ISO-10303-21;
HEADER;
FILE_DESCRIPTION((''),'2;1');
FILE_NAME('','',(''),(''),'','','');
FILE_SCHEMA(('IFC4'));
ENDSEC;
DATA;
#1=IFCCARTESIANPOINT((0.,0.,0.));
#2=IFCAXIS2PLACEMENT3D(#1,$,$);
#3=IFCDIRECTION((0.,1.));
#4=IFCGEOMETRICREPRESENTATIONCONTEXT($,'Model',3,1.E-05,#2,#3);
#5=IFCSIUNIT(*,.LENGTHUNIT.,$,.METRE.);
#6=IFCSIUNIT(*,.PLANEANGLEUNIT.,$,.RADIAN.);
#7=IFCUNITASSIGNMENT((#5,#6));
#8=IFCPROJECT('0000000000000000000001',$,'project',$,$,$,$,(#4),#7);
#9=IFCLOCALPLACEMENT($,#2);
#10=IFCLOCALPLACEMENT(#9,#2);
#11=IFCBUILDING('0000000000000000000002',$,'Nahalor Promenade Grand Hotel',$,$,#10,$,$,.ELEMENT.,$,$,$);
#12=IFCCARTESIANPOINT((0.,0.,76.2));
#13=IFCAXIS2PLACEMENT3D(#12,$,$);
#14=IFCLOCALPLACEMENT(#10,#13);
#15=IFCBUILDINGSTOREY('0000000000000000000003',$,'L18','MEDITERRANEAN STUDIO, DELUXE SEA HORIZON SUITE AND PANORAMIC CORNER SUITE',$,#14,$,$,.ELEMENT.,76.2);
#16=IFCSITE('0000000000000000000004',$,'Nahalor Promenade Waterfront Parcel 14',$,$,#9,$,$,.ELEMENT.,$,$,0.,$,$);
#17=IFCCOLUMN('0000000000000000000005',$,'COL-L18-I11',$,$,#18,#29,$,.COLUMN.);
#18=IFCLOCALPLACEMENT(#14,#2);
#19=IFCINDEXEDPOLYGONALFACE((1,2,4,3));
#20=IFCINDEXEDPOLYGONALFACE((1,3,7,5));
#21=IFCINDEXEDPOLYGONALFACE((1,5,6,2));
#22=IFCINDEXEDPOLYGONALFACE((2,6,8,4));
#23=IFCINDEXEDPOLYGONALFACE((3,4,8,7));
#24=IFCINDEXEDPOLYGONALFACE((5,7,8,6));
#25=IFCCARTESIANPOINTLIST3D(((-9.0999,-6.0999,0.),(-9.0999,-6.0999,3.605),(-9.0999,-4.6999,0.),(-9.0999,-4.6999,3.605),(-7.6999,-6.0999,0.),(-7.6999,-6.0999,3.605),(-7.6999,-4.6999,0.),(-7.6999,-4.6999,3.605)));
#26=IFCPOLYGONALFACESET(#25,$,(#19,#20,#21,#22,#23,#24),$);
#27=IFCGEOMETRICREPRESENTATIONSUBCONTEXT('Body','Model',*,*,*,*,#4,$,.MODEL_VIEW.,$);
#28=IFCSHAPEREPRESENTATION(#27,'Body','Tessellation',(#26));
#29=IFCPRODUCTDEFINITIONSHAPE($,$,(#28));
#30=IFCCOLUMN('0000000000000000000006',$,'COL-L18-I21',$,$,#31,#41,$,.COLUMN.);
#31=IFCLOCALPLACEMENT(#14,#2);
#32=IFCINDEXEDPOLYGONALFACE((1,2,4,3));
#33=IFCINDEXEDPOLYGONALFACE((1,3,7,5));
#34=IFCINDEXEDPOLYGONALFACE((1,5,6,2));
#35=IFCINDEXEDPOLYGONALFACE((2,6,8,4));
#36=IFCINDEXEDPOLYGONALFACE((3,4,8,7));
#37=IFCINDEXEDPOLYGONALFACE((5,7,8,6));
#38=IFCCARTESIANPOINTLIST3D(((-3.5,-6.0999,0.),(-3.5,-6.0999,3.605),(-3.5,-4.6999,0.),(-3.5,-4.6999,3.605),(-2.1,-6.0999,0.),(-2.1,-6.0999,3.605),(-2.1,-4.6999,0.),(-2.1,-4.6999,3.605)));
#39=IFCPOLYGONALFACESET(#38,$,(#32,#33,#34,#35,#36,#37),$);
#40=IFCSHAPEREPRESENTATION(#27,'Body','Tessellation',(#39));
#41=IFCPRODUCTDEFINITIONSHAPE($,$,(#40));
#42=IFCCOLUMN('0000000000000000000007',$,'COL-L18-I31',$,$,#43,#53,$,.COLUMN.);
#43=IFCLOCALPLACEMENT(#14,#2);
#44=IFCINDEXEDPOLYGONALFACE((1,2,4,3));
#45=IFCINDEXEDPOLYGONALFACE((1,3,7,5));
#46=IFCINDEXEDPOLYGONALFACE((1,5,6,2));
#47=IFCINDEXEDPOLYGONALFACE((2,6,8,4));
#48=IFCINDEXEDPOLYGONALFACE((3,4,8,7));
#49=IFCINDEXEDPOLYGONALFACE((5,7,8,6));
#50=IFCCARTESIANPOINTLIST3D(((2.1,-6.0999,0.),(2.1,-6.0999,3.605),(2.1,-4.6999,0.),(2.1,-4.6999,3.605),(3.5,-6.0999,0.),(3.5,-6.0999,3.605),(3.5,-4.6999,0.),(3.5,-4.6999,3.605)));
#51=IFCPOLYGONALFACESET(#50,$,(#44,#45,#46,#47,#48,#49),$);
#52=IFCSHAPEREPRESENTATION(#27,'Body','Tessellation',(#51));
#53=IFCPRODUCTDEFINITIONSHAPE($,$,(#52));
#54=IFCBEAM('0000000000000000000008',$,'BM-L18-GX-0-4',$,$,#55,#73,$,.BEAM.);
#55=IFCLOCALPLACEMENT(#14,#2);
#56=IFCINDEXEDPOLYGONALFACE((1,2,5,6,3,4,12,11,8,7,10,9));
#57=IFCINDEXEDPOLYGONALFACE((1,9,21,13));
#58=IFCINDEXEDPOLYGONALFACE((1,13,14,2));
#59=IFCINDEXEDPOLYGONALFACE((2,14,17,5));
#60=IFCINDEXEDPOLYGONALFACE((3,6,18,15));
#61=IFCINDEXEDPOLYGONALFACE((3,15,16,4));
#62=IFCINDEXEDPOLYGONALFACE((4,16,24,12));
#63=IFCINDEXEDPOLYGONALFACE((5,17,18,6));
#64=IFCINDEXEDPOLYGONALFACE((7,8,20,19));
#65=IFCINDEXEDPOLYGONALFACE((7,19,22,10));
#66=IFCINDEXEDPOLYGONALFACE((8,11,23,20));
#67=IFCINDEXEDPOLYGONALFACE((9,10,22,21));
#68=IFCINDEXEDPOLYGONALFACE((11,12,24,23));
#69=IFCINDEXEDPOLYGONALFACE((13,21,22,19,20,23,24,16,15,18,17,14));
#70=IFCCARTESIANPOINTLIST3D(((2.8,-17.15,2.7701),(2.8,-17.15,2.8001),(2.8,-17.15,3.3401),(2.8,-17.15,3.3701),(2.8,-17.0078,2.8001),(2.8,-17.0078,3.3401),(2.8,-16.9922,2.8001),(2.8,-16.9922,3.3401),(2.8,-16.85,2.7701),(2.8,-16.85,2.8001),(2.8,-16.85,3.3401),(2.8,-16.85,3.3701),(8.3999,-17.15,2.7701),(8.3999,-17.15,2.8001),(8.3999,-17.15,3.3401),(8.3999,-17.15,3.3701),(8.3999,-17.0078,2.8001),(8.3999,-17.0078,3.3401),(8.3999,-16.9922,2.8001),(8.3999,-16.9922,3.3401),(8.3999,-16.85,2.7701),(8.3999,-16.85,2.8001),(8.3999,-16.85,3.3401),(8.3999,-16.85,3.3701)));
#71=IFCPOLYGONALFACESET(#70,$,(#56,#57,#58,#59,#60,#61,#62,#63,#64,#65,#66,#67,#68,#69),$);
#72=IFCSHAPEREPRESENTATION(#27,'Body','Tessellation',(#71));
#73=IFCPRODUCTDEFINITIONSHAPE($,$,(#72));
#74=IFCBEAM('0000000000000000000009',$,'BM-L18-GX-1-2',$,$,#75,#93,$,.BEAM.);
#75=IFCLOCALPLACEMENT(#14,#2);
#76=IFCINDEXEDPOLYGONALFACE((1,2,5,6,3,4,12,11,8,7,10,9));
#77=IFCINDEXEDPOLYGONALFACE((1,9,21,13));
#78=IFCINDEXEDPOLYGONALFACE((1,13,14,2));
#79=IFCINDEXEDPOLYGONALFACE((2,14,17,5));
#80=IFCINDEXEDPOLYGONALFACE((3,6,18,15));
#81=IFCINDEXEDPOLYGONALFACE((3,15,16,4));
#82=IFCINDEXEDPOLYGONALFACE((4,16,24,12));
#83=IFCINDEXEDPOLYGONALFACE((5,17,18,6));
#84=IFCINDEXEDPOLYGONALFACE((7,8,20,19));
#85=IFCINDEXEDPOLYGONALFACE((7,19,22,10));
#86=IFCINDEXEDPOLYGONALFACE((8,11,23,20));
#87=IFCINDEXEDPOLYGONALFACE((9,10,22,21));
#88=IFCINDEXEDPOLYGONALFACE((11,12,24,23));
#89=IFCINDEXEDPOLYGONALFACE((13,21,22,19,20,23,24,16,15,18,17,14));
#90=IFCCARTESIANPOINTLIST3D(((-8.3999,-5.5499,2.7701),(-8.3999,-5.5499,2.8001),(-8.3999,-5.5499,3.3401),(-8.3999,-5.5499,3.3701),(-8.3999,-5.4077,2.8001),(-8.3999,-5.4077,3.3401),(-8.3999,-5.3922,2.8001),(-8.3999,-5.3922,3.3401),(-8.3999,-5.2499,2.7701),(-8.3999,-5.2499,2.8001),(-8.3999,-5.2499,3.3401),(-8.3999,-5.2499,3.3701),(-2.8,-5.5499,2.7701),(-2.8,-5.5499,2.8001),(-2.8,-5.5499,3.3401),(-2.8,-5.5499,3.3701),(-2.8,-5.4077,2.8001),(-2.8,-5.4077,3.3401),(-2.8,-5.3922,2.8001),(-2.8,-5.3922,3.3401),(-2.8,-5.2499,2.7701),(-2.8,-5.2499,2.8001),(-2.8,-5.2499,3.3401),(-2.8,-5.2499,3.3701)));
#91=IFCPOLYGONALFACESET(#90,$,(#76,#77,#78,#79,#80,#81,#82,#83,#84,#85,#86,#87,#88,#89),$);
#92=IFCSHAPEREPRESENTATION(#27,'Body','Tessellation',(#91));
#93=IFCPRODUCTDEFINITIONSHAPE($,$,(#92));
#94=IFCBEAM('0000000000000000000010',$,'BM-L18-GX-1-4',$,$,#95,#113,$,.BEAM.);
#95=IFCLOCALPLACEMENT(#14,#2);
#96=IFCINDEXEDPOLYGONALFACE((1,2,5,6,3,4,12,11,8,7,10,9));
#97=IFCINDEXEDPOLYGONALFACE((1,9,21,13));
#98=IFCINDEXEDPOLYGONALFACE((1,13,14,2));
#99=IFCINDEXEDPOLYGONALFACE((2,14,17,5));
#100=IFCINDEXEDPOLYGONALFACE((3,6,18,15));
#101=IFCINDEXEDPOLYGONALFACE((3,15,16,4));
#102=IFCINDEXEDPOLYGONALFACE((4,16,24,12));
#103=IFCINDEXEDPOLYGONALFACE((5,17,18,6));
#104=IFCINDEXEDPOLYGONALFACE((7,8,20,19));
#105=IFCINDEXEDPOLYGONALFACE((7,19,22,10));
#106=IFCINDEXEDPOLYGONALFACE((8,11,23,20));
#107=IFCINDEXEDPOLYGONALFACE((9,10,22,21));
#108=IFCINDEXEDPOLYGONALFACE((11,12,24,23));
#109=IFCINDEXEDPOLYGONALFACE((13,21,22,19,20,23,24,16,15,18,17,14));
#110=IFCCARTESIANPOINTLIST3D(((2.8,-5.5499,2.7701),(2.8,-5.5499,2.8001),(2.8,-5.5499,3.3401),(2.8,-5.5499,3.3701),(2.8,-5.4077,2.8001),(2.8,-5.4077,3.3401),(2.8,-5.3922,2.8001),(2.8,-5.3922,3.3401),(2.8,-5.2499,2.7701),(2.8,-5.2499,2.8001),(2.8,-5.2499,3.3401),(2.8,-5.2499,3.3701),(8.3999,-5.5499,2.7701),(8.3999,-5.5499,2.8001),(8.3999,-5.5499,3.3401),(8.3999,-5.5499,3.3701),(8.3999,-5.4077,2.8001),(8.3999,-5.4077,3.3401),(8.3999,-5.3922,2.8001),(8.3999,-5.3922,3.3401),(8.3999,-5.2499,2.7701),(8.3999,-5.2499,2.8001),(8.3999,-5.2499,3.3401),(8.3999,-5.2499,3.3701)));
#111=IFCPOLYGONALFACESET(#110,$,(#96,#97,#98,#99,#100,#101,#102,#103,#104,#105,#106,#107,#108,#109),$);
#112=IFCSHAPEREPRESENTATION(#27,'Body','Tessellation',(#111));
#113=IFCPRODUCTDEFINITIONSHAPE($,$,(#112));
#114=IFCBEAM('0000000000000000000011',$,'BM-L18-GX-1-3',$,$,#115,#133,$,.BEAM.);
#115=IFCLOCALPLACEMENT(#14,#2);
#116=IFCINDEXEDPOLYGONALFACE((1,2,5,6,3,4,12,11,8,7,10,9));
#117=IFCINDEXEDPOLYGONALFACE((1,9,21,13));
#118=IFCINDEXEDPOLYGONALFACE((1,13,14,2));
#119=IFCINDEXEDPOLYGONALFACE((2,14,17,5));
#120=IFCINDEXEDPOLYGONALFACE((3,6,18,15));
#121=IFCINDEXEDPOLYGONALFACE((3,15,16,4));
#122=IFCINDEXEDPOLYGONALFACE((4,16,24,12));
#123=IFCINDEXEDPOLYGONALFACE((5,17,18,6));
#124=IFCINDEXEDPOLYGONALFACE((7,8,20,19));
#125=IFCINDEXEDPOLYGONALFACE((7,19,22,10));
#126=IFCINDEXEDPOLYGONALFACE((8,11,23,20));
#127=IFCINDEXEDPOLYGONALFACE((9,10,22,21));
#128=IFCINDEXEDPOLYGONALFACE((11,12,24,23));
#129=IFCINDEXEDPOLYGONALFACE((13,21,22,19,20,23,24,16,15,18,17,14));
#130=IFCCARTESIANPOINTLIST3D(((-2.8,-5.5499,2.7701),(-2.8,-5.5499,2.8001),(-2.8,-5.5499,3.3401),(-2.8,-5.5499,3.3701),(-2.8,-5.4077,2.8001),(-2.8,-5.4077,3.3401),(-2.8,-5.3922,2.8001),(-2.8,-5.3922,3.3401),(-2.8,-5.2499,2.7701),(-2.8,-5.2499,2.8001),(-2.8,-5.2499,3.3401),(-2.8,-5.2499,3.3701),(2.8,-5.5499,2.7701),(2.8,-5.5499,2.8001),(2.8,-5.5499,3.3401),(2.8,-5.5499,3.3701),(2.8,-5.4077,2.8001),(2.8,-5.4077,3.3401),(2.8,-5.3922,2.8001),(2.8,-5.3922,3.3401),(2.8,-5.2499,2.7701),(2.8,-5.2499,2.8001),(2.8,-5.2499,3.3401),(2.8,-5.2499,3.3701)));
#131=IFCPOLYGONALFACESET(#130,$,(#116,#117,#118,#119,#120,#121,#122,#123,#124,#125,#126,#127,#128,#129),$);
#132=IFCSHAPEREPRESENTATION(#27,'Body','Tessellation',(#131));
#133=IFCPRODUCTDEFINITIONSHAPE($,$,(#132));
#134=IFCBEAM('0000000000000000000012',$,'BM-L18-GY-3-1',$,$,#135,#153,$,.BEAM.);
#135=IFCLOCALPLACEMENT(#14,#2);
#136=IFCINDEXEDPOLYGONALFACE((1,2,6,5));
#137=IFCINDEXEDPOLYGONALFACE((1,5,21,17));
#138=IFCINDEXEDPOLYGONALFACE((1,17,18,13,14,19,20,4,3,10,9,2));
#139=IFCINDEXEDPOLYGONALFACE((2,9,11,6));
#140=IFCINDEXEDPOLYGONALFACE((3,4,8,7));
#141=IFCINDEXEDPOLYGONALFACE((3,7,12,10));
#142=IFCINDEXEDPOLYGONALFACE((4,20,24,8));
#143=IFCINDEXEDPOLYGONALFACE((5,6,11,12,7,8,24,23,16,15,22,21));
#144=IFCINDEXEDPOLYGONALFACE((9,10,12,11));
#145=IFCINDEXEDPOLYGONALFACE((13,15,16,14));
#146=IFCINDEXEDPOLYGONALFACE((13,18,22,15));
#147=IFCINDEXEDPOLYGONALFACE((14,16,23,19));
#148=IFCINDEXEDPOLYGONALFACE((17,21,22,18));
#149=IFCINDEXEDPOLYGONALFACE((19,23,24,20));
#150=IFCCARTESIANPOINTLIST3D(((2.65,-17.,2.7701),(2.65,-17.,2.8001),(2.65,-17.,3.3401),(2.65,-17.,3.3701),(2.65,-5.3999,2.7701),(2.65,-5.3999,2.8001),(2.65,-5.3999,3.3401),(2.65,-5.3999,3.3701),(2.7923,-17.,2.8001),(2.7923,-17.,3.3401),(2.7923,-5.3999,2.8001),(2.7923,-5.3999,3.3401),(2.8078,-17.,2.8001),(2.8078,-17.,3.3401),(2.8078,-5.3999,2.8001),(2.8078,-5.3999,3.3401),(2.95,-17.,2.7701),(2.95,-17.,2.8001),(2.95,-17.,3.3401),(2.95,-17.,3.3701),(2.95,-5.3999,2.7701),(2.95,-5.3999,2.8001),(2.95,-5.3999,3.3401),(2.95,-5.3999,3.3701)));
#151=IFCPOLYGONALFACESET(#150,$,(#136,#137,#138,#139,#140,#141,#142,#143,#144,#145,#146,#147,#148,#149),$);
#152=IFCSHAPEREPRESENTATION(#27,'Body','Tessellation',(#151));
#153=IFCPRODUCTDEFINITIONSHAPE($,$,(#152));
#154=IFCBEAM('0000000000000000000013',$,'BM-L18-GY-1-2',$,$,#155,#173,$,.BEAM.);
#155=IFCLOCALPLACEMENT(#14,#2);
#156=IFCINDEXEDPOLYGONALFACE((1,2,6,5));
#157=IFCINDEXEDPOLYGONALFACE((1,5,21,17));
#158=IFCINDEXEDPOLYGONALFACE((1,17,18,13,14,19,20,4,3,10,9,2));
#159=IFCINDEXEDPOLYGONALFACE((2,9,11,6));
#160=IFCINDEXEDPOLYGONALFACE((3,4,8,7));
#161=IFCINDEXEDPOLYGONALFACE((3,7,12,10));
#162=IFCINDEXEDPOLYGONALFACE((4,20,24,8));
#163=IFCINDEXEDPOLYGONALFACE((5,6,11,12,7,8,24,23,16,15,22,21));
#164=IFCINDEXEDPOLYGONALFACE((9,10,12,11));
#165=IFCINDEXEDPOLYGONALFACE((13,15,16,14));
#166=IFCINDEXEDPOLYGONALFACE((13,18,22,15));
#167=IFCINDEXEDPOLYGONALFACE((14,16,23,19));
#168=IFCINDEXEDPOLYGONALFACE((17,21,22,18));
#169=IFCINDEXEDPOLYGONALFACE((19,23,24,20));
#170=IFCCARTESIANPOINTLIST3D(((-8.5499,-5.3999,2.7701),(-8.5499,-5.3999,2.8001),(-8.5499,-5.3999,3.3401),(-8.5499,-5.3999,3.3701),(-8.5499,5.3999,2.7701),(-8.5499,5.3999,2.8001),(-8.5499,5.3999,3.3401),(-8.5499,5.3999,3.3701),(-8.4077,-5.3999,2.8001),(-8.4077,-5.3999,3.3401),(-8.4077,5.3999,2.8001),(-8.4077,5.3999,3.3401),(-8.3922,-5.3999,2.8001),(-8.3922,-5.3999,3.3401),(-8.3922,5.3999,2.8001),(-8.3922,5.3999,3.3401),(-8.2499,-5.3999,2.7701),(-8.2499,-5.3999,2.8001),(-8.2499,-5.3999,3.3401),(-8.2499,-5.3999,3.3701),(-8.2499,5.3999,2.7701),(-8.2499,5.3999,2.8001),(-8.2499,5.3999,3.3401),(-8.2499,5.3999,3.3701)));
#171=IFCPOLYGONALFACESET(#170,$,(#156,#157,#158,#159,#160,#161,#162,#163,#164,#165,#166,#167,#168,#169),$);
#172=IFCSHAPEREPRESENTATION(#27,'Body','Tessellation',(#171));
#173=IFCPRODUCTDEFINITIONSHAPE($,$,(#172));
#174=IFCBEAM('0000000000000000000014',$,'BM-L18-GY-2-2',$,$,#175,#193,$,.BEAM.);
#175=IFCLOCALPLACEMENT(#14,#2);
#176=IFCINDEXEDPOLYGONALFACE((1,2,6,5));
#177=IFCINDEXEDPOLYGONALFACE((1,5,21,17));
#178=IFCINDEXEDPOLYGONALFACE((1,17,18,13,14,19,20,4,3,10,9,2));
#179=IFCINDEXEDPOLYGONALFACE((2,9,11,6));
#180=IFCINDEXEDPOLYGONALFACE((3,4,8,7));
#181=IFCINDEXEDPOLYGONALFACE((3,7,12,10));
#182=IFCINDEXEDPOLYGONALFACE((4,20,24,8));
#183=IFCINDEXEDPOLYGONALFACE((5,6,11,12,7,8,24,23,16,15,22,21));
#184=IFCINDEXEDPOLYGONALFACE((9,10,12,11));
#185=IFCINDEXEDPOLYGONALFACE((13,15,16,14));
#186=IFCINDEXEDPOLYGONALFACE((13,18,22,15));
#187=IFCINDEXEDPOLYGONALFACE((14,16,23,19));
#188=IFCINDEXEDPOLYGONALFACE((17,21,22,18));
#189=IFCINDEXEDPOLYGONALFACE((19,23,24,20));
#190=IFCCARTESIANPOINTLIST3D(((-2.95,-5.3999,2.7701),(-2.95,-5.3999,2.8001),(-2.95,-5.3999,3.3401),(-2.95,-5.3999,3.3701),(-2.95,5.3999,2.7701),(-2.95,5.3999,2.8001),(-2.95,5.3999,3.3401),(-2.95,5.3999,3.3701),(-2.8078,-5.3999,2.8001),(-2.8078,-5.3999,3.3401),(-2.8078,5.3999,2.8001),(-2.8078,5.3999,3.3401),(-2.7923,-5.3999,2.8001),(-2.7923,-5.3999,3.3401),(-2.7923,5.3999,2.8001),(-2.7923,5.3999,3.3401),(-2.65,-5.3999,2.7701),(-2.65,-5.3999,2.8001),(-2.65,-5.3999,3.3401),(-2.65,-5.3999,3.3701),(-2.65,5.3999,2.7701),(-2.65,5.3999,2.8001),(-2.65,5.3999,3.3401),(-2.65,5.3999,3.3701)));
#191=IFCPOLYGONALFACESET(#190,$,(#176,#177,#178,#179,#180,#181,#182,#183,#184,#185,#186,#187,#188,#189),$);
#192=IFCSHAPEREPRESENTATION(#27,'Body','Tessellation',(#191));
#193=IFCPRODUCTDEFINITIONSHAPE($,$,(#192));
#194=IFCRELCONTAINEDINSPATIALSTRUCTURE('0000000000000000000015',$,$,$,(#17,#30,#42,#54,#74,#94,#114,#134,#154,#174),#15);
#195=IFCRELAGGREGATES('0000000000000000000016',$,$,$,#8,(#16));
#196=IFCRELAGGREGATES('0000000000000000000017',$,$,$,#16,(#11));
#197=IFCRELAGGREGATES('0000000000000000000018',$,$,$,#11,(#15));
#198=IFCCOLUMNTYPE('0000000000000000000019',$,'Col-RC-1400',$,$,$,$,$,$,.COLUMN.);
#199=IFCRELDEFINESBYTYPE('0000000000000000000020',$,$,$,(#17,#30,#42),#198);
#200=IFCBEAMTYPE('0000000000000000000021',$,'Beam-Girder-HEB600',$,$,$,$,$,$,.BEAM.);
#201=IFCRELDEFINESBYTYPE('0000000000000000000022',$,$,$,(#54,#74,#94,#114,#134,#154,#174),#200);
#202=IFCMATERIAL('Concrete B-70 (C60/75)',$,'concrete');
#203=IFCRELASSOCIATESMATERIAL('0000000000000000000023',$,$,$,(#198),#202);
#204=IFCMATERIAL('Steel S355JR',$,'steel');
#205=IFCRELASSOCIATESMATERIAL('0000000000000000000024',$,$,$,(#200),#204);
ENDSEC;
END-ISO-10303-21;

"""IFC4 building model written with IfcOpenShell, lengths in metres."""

from ifc_helpers import new_model, si_unit, direction, frame, origin, origin_2d, place, context, subcontext, project, spatial, rectangle, i_section, extrude, source, transform, mapped, material, material_profile, profile_set, type_object, element, save


model = new_model("IFC4")

# Units and contexts
model_context = context("Model", 3, precision=1e-05, world=origin(), true_north=direction((0.0, 1.0)))
body_context = subcontext(model_context, "Body", "Model", "MODEL_VIEW")
ifc_project = project(units=[si_unit("LENGTHUNIT", "METRE"), si_unit("PLANEANGLEUNIT", "RADIAN")], contexts=[model_context])

# Site, building, storey
site_placement = place(None, origin())
site = spatial("IfcSite", under=ifc_project, at=site_placement, Name="Nahalor Promenade Waterfront Parcel 14", CompositionType="ELEMENT", RefElevation=0.0)
building_placement = place(site_placement, origin())
building = spatial("IfcBuilding", under=site, at=building_placement, Name="Nahalor Promenade Grand Hotel", CompositionType="ELEMENT")
storey_placement = place(building_placement, frame((0.0, 0.0, 76.2)))
storey = spatial("IfcBuildingStorey", under=building, at=storey_placement, Name="L18", Description="MEDITERRANEAN STUDIO, DELUXE SEA HORIZON SUITE AND PANORAMIC CORNER SUITE", CompositionType="ELEMENT", Elevation=76.2)

# Columns
ifc_material_1 = material(Name="Concrete B-70 (C60/75)", Category="concrete")
ifc_material_profile_1 = material_profile(ifc_material_1, rectangle(XDim=1.4, YDim=1.4, at=origin_2d()), Name="RC 1400x1400")
ifc_profile_set_1 = profile_set([ifc_material_profile_1], Name="Concrete B-70 (C60/75)")
column_type = type_object("IfcColumnType", Name="Col-RC-1400", PredefinedType="COLUMN", material=ifc_profile_set_1)
shared_shape_1 = source(origin(), body_context, "Body", "SweptSolid", [
    extrude(rectangle(XDim=1.4, YDim=1.4, at=origin_2d()), origin(), (0.0, 0.0, 1.0), 3.605),
])
for number, where, z_axis, x_axis, name in (
    (1, (-8.3999, -5.3999, 0.0), (0.0, 0.0, 1.0), (1.0, 0.0, 0.0), "COL-L18-I11"),
    (2, (-2.8, -5.3999, 0.0), (0.0, 0.0, 1.0), (1.0, 0.0, 0.0), "COL-L18-I21"),
    (3, (2.8, -5.3999, 0.0), (0.0, 0.0, 1.0), (1.0, 0.0, 0.0), "COL-L18-I31"),
):
    element("IfcColumn", number, at=place(storey_placement, frame(where, z_axis=z_axis, x_axis=x_axis)), inside=storey, type_object=column_type, Name=name, PredefinedType="COLUMN", context=body_context, shape_type="MappedRepresentation", body=[
        mapped(shared_shape_1, transform((0.0, 0.0, 0.0), scale=1.0)),
    ])

# Beams
ifc_material_2 = material(Name="Steel S355JR", Category="steel")
ifc_material_profile_2 = material_profile(ifc_material_2, i_section(OverallWidth=0.3, OverallDepth=0.6, WebThickness=0.0155, FlangeThickness=0.03, at=origin_2d()), Name="HEB 600")
ifc_profile_set_2 = profile_set([ifc_material_profile_2], Name="Steel S355JR")
beam_type = type_object("IfcBeamType", Name="Beam-Girder-HEB600", PredefinedType="BEAM", material=ifc_profile_set_2)
shared_shape_2 = source(origin(), body_context, "Body", "SweptSolid", [
    extrude(i_section(OverallWidth=0.3, OverallDepth=0.6, WebThickness=0.0155, FlangeThickness=0.03, at=origin_2d()), origin(), (0.0, 0.0, 1.0), 5.5999),
])
for number, where, z_axis, x_axis, name in (
    (4, (2.8, -17.0, 3.0701), (1.0, 0.0, 0.0), (0.0, 1.0, 0.0), "BM-L18-GX-0-4"),
    (5, (-8.3999, -5.3999, 3.0701), (1.0, 0.0, 0.0), (0.0, 1.0, 0.0), "BM-L18-GX-1-2"),
    (6, (2.8, -5.3999, 3.0701), (1.0, 0.0, 0.0), (0.0, 1.0, 0.0), "BM-L18-GX-1-4"),
):
    element("IfcBeam", number, at=place(storey_placement, frame(where, z_axis=z_axis, x_axis=x_axis)), inside=storey, type_object=beam_type, Name=name, PredefinedType="BEAM", context=body_context, shape_type="MappedRepresentation", body=[
        mapped(shared_shape_2, transform((0.0, 0.0, 0.0), scale=1.0)),
    ])
shared_shape_3 = source(origin(), body_context, "Body", "SweptSolid", [
    extrude(i_section(OverallWidth=0.3, OverallDepth=0.6, WebThickness=0.0155, FlangeThickness=0.03, at=origin_2d()), origin(), (0.0, 0.0, 1.0), 5.6001),
])
beam_1_placement = place(storey_placement, frame((-2.8, -5.3999, 3.0701), z_axis=(1.0, 0.0, 0.0), x_axis=(0.0, 1.0, 0.0)))
element("IfcBeam", 7, at=beam_1_placement, inside=storey, type_object=beam_type, Name="BM-L18-GX-1-3", PredefinedType="BEAM", context=body_context, shape_type="MappedRepresentation", body=[
    mapped(shared_shape_3, transform((0.0, 0.0, 0.0), scale=1.0)),
])
shared_shape_4 = source(origin(), body_context, "Body", "SweptSolid", [
    extrude(i_section(OverallWidth=0.3, OverallDepth=0.6, WebThickness=0.0155, FlangeThickness=0.03, at=origin_2d()), origin(), (0.0, 0.0, 1.0), 11.6001),
])
beam_2_placement = place(storey_placement, frame((2.8, -17.0, 3.0701), z_axis=(0.0, 1.0, 0.0), x_axis=(-1.0, 0.0, 0.0)))
element("IfcBeam", 8, at=beam_2_placement, inside=storey, type_object=beam_type, Name="BM-L18-GY-3-1", PredefinedType="BEAM", context=body_context, shape_type="MappedRepresentation", body=[
    mapped(shared_shape_4, transform((0.0, 0.0, 0.0), scale=1.0)),
])
shared_shape_5 = source(origin(), body_context, "Body", "SweptSolid", [
    extrude(i_section(OverallWidth=0.3, OverallDepth=0.6, WebThickness=0.0155, FlangeThickness=0.03, at=origin_2d()), origin(), (0.0, 0.0, 1.0), 10.7998),
])
for number, where, z_axis, x_axis, name in (
    (9, (-8.3999, -5.3999, 3.0701), (0.0, 1.0, 0.0), (-1.0, 0.0, 0.0), "BM-L18-GY-1-2"),
    (10, (-2.8, -5.3999, 3.0701), (0.0, 1.0, 0.0), (-1.0, 0.0, 0.0), "BM-L18-GY-2-2"),
):
    element("IfcBeam", number, at=place(storey_placement, frame(where, z_axis=z_axis, x_axis=x_axis)), inside=storey, type_object=beam_type, Name=name, PredefinedType="BEAM", context=body_context, shape_type="MappedRepresentation", body=[
        mapped(shared_shape_5, transform((0.0, 0.0, 0.0), scale=1.0)),
    ])

save(model, "model.ifc")
